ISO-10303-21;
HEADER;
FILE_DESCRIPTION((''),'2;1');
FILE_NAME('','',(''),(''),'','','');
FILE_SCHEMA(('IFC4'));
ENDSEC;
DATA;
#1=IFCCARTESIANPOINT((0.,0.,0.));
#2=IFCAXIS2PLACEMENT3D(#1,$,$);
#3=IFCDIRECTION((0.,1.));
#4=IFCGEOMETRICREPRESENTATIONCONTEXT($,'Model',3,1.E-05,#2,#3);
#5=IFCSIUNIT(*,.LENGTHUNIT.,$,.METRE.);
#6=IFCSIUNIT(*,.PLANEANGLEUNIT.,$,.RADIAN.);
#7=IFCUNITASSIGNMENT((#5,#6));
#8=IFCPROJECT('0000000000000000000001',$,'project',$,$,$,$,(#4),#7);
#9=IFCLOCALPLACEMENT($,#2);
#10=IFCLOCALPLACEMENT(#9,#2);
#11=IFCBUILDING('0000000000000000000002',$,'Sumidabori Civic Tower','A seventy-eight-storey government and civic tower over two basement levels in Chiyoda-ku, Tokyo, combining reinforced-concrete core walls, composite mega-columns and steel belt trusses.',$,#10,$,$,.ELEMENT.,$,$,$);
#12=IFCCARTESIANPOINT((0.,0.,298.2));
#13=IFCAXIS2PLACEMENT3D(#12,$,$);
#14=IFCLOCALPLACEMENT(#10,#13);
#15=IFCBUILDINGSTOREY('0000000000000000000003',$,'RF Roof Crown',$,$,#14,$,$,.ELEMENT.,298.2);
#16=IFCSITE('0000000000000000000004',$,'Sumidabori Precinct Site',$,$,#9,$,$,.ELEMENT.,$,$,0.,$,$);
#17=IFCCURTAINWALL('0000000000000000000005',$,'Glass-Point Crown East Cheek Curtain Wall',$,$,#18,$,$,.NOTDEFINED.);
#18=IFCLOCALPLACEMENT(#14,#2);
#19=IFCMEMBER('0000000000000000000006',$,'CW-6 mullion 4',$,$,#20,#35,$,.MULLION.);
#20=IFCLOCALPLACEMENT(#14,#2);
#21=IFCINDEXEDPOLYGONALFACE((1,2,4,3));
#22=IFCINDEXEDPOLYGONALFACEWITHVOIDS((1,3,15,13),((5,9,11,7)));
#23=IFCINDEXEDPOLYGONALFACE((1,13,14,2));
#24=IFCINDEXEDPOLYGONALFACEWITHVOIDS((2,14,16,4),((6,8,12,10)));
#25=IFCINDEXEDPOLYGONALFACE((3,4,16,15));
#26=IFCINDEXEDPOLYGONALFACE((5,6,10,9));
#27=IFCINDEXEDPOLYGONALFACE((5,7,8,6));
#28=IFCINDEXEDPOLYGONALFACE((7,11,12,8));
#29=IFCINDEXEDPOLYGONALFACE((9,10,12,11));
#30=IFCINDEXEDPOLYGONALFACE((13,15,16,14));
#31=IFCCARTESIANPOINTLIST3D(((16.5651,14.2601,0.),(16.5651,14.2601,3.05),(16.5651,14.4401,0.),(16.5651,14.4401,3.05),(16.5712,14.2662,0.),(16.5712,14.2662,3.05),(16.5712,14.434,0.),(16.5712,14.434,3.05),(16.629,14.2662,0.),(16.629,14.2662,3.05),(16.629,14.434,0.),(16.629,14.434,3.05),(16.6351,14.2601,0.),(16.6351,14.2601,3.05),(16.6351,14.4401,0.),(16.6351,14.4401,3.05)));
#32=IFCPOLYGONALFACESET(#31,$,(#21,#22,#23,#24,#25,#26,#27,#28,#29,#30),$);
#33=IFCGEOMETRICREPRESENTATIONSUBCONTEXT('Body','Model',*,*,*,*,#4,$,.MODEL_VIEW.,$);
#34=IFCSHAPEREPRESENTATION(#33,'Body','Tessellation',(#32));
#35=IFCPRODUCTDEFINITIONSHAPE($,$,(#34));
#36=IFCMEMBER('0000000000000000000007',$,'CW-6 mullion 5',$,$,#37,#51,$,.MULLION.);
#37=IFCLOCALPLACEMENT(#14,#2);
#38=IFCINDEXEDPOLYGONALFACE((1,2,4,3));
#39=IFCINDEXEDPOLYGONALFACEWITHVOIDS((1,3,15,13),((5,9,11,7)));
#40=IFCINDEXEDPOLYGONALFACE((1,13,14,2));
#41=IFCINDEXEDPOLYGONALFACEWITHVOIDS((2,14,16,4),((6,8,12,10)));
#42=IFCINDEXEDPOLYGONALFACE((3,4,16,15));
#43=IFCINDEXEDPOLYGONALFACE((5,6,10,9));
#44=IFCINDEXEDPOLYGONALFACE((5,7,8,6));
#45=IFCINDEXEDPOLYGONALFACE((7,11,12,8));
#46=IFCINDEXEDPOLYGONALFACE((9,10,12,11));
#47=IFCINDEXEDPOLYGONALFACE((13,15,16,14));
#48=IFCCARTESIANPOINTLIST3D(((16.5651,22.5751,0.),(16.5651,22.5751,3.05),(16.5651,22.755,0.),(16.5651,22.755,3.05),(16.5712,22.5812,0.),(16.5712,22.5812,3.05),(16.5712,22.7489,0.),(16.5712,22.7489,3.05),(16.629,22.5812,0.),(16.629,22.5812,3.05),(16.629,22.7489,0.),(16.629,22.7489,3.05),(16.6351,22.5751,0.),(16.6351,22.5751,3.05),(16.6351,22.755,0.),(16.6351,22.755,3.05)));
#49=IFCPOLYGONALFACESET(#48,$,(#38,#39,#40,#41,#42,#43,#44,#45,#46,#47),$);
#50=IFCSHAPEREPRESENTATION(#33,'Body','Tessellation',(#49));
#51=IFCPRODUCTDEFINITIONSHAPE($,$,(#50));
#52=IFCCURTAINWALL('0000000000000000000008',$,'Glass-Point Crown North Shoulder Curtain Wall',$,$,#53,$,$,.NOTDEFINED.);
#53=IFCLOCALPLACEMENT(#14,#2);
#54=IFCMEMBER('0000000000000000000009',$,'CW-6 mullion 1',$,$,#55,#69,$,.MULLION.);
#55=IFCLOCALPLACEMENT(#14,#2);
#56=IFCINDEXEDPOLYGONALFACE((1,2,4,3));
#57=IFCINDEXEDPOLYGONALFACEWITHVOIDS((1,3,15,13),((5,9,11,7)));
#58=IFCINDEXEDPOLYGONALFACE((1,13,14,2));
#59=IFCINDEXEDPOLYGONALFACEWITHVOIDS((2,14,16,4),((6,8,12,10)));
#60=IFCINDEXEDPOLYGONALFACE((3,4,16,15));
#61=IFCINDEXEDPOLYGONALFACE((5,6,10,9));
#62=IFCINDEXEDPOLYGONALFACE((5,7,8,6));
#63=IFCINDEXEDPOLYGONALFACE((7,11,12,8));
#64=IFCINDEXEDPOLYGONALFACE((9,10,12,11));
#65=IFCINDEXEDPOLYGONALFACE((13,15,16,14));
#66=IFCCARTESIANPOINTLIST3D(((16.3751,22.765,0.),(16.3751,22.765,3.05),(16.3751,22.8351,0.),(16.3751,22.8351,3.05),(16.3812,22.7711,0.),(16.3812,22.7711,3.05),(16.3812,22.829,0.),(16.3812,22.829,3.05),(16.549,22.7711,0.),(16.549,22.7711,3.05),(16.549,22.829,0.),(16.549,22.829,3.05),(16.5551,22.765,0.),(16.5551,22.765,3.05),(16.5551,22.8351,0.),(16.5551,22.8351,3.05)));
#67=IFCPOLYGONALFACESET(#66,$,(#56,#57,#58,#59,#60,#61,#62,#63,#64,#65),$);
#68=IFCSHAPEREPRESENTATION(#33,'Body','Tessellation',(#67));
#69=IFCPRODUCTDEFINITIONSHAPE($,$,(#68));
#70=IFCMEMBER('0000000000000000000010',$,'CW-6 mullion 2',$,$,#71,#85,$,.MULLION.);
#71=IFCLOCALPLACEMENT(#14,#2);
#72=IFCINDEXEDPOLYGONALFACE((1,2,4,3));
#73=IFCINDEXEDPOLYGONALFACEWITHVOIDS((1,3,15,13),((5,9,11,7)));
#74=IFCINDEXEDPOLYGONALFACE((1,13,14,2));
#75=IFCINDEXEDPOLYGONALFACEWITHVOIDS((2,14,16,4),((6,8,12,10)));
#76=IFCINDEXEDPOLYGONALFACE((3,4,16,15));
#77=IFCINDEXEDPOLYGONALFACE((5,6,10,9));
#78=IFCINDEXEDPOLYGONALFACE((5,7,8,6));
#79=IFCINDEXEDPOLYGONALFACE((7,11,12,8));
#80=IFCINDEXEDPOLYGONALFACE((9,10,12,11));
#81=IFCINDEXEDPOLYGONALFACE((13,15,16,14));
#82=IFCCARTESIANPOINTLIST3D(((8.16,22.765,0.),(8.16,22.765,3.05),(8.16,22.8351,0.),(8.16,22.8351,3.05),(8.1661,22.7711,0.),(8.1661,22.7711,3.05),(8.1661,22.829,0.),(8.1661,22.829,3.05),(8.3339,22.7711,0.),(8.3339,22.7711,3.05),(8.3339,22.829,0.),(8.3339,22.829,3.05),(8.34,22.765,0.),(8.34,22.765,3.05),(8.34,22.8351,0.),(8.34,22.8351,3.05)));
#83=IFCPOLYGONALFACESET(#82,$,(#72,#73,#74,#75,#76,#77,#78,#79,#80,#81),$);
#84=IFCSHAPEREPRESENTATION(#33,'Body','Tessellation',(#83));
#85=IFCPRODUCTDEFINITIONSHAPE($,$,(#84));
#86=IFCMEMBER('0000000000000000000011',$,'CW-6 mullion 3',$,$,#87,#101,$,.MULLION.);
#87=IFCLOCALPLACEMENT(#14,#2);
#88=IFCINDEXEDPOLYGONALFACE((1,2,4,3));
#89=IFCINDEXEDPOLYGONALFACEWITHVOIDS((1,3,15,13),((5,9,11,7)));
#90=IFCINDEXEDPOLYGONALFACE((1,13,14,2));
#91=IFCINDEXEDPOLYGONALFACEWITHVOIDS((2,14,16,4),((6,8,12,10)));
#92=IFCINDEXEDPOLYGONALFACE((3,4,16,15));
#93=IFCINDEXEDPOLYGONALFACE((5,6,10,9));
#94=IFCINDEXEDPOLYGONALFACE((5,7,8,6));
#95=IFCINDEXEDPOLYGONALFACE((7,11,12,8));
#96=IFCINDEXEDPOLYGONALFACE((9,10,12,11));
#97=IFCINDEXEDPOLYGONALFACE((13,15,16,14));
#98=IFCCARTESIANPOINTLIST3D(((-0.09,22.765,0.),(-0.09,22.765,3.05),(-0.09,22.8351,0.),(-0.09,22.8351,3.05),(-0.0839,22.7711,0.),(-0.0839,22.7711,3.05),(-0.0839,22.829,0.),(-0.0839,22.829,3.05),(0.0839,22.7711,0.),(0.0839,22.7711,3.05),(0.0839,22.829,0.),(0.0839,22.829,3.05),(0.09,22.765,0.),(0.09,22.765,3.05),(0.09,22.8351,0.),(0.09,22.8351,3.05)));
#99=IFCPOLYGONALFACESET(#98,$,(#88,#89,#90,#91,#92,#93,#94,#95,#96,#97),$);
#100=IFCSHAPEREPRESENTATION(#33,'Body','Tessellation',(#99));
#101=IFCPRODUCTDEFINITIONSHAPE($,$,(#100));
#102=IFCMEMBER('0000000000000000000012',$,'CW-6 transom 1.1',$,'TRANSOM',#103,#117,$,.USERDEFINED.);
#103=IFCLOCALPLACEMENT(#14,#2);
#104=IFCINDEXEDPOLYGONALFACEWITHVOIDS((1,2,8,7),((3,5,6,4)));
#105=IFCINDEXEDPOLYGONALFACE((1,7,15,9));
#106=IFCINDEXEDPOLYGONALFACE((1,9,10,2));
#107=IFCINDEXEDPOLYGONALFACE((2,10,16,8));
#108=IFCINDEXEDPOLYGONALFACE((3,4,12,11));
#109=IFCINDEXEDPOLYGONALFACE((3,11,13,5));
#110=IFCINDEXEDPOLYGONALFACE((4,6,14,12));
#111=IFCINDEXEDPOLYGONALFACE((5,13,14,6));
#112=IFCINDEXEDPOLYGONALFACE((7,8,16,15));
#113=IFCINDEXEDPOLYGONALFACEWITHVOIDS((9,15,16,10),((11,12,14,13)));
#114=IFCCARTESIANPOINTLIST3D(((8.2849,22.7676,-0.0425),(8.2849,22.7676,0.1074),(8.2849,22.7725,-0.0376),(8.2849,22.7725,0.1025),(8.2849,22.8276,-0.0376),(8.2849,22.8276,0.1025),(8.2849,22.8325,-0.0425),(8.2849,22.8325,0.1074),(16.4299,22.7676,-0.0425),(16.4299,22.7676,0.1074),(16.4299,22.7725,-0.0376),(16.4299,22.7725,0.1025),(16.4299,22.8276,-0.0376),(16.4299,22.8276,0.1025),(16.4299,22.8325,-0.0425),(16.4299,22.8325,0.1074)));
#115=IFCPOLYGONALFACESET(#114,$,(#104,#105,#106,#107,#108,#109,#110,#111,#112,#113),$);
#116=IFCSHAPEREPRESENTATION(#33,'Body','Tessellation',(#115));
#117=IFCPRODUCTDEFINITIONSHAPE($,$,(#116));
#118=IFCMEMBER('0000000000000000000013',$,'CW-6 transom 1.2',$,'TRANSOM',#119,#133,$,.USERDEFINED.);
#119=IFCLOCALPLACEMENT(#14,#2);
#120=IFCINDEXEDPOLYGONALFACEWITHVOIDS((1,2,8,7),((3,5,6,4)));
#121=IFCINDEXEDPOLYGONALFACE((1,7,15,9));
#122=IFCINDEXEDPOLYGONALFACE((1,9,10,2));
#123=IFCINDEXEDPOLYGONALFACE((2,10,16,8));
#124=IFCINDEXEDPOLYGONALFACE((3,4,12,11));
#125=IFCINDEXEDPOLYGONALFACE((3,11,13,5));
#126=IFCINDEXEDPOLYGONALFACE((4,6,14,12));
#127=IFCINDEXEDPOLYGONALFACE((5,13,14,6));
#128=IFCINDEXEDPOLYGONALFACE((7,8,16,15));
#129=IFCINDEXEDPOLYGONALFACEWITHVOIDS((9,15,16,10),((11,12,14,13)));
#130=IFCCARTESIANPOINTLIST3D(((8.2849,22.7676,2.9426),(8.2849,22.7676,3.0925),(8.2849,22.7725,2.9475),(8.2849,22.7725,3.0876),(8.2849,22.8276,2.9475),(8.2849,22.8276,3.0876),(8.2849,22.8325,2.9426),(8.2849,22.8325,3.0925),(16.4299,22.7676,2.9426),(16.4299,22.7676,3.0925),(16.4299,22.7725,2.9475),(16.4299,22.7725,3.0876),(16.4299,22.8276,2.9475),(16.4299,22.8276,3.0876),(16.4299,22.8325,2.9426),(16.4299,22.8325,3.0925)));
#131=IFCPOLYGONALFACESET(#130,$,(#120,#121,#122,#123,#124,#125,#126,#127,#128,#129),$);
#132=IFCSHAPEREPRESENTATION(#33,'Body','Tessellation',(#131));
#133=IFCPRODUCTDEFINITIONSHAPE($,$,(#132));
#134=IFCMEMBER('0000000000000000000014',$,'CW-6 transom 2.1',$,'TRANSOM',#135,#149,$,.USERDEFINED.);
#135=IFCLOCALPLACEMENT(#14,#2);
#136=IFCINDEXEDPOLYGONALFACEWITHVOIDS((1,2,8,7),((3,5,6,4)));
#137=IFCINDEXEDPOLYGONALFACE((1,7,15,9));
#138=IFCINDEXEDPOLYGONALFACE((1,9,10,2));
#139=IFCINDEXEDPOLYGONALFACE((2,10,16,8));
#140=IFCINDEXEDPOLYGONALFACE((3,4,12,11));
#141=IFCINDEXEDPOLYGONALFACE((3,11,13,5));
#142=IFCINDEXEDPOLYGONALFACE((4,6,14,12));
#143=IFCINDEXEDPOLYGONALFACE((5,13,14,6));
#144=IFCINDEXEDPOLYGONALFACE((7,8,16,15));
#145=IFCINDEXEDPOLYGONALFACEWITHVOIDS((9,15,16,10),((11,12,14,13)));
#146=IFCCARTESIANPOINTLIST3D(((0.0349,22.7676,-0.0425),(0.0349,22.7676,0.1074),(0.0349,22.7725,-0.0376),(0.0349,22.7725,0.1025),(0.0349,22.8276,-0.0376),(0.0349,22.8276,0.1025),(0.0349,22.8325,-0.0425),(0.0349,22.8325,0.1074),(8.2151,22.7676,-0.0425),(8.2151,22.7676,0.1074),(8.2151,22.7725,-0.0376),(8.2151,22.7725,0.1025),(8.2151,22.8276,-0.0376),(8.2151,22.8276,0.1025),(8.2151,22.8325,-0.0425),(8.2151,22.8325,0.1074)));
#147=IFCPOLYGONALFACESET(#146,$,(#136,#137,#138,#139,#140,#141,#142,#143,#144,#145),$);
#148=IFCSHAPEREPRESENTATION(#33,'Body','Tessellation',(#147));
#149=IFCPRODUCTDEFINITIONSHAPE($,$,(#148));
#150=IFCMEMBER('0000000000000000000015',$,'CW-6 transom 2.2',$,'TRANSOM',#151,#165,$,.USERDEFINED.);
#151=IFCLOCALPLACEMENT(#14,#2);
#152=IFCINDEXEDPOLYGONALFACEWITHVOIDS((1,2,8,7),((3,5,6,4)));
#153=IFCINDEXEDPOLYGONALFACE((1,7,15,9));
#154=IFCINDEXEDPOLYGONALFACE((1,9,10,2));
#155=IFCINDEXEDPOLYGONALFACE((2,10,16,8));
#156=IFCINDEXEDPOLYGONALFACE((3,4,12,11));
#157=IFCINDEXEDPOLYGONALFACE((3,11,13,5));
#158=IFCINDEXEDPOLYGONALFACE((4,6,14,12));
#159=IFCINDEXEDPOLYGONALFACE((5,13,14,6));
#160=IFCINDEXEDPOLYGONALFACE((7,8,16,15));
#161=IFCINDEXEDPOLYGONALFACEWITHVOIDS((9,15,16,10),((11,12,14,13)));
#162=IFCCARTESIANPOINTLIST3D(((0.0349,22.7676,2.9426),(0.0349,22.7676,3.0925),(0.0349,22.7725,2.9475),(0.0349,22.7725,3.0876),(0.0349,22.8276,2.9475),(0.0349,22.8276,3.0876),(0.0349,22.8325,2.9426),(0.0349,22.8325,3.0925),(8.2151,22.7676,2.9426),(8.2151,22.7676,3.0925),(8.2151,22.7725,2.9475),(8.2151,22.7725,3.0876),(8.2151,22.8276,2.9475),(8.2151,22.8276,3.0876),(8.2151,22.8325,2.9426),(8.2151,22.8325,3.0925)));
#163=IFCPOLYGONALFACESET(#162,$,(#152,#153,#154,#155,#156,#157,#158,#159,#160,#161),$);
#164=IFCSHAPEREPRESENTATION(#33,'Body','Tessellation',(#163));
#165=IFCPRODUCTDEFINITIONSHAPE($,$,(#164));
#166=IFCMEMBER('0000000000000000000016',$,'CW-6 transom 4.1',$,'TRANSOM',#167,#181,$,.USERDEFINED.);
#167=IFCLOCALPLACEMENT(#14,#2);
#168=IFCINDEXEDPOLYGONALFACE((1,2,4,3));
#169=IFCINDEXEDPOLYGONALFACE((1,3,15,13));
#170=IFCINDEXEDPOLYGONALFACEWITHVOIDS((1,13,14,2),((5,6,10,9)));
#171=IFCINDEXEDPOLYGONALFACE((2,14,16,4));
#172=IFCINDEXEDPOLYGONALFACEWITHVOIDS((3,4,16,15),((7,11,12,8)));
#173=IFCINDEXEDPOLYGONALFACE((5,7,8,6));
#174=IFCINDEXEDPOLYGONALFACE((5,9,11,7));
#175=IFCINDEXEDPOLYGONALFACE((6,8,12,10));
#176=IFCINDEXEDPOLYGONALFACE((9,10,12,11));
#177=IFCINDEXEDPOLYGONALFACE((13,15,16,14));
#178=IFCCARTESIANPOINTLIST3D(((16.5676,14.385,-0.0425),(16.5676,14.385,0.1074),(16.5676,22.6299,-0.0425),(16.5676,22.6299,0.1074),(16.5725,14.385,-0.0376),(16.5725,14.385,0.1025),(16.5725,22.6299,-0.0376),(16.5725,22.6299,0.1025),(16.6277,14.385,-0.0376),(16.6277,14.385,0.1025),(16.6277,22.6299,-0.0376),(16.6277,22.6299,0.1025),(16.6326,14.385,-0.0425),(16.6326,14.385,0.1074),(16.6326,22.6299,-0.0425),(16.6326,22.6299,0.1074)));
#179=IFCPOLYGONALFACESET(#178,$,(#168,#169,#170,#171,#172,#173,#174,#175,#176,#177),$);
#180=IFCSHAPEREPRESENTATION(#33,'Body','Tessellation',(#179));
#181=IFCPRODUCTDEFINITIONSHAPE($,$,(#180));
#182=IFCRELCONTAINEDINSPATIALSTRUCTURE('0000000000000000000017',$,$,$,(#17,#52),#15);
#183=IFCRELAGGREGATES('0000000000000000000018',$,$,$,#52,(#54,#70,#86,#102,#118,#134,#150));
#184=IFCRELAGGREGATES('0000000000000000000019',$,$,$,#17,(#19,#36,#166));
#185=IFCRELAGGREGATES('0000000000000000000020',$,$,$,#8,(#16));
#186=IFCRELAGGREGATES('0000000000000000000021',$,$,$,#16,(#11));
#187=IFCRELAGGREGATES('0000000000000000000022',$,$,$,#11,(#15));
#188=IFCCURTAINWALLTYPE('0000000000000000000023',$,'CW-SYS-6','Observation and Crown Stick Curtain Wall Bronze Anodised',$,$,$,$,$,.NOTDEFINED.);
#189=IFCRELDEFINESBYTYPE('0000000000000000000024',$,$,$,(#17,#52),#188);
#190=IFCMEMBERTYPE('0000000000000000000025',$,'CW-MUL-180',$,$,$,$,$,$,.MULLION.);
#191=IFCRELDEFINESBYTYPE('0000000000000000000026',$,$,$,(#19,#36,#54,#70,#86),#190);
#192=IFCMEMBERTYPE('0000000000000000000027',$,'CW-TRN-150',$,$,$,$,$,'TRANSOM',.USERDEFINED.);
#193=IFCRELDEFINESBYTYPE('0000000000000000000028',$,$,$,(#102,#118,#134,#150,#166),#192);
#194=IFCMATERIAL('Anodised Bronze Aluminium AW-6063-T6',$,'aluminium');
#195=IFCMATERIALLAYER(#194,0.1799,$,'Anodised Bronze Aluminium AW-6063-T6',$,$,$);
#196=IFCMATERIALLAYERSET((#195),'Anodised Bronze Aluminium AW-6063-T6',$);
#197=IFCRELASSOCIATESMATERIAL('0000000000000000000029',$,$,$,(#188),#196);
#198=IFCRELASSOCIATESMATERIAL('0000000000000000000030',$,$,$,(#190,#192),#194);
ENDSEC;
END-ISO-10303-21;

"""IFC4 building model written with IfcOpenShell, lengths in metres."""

from ifc_helpers import new_model, si_unit, direction, frame, origin, origin_2d, place, context, subcontext, project, spatial, hollow_rectangle, extrude, source, transform, mapped, material, layer, layer_set, material_profile, profile_set, type_object, element, aggregate, save


model = new_model("IFC4")

# Units and contexts
model_context = context("Model", 3, precision=1e-05, world=origin(), true_north=direction((0.0, 1.0)))
body_context = subcontext(model_context, "Body", "Model", "MODEL_VIEW")
ifc_project = project(units=[si_unit("LENGTHUNIT", "METRE"), si_unit("PLANEANGLEUNIT", "RADIAN")], contexts=[model_context])

# Site, building, storey
site_placement = place(None, origin())
site = spatial("IfcSite", under=ifc_project, at=site_placement, Name="Sumidabori Precinct Site", CompositionType="ELEMENT", RefElevation=0.0)
building_placement = place(site_placement, origin())
building = spatial("IfcBuilding", under=site, at=building_placement, Name="Sumidabori Civic Tower", Description="A seventy-eight-storey government and civic tower over two basement levels in Chiyoda-ku, Tokyo, combining reinforced-concrete core walls, composite mega-columns and steel belt trusses.", CompositionType="ELEMENT")
storey_placement = place(building_placement, frame((0.0, 0.0, 298.2)))
storey = spatial("IfcBuildingStorey", under=building, at=storey_placement, Name="RF Roof Crown", CompositionType="ELEMENT", Elevation=298.2)

# Curtain walls, members
ifc_material_1 = material(Name="Anodised Bronze Aluminium AW-6063-T6", Category="aluminium")
ifc_layer_1 = layer(ifc_material_1, 0.1799, Name="Anodised Bronze Aluminium AW-6063-T6")
ifc_layer_set_1 = layer_set([ifc_layer_1], Name="Anodised Bronze Aluminium AW-6063-T6")
curtain_wall_type = type_object("IfcCurtainWallType", Name="CW-SYS-6", Description="Observation and Crown Stick Curtain Wall Bronze Anodised", PredefinedType="NOTDEFINED", material=ifc_layer_set_1)
curtain_wall_1_placement = place(storey_placement, origin())
curtain_wall_1 = element("IfcCurtainWall", 1, at=curtain_wall_1_placement, inside=storey, type_object=curtain_wall_type, Name="Glass-Point Crown East Cheek Curtain Wall", PredefinedType="NOTDEFINED")
ifc_material_profile_1 = material_profile(ifc_material_1, hollow_rectangle(XDim=0.0701, YDim=0.1799, WallThickness=0.0061, at=origin_2d()), Name="ALU MULLION 180x70")
ifc_profile_set_1 = profile_set([ifc_material_profile_1], Name="Anodised Bronze Aluminium AW-6063-T6")
member_type_1 = type_object("IfcMemberType", Name="CW-MUL-180", PredefinedType="MULLION", material=ifc_profile_set_1)
shared_shape_1 = source(origin(), body_context, "Body", "SweptSolid", [
    extrude(hollow_rectangle(XDim=0.0701, YDim=0.1799, WallThickness=0.0061, at=origin_2d()), origin(), (0.0, 0.0, 1.0), 3.05),
])
member_1_placement = place(storey_placement, frame((16.6001, 14.3501, 0.0), z_axis=(0.0, 0.0, 1.0), x_axis=(-1.0, 0.0, 0.0)))
member_1 = element("IfcMember", 2, at=member_1_placement, type_object=member_type_1, Name="CW-6 mullion 4", PredefinedType="MULLION", context=body_context, shape_type="MappedRepresentation", body=[
    mapped(shared_shape_1, transform((0.0, 0.0, 0.0), x_axis=(1.0, 0.0, 0.0), y_axis=(0.0, 1.0, 0.0), z_axis=(0.0, 0.0, 1.0), scale=1.0)),
])
member_2_placement = place(storey_placement, frame((16.6001, 22.665, 0.0), z_axis=(0.0, 0.0, 1.0), x_axis=(-1.0, 0.0, 0.0)))
member_2 = element("IfcMember", 3, at=member_2_placement, type_object=member_type_1, Name="CW-6 mullion 5", PredefinedType="MULLION", context=body_context, shape_type="MappedRepresentation", body=[
    mapped(shared_shape_1, transform((0.0, 0.0, 0.0), x_axis=(1.0, 0.0, 0.0), y_axis=(0.0, 1.0, 0.0), z_axis=(0.0, 0.0, 1.0), scale=1.0)),
])
curtain_wall_2_placement = place(storey_placement, origin())
curtain_wall_2 = element("IfcCurtainWall", 4, at=curtain_wall_2_placement, inside=storey, type_object=curtain_wall_type, Name="Glass-Point Crown North Shoulder Curtain Wall", PredefinedType="NOTDEFINED")
member_3_placement = place(storey_placement, frame((16.4651, 22.8, 0.0), z_axis=(0.0, 0.0, 1.0), x_axis=(0.0, -1.0, 0.0)))
member_3 = element("IfcMember", 5, at=member_3_placement, type_object=member_type_1, Name="CW-6 mullion 1", PredefinedType="MULLION", context=body_context, shape_type="MappedRepresentation", body=[
    mapped(shared_shape_1, transform((0.0, 0.0, 0.0), x_axis=(1.0, 0.0, 0.0), y_axis=(0.0, 1.0, 0.0), z_axis=(0.0, 0.0, 1.0), scale=1.0)),
])
member_4_placement = place(storey_placement, frame((8.25, 22.8, 0.0), z_axis=(0.0, 0.0, 1.0), x_axis=(0.0, -1.0, 0.0)))
member_4 = element("IfcMember", 6, at=member_4_placement, type_object=member_type_1, Name="CW-6 mullion 2", PredefinedType="MULLION", context=body_context, shape_type="MappedRepresentation", body=[
    mapped(shared_shape_1, transform((0.0, 0.0, 0.0), x_axis=(1.0, 0.0, 0.0), y_axis=(0.0, 1.0, 0.0), z_axis=(0.0, 0.0, 1.0), scale=1.0)),
])
member_5_placement = place(storey_placement, frame((0.0, 22.8, 0.0), z_axis=(0.0, 0.0, 1.0), x_axis=(0.0, -1.0, 0.0)))
member_5 = element("IfcMember", 7, at=member_5_placement, type_object=member_type_1, Name="CW-6 mullion 3", PredefinedType="MULLION", context=body_context, shape_type="MappedRepresentation", body=[
    mapped(shared_shape_1, transform((0.0, 0.0, 0.0), x_axis=(1.0, 0.0, 0.0), y_axis=(0.0, 1.0, 0.0), z_axis=(0.0, 0.0, 1.0), scale=1.0)),
])
ifc_material_profile_2 = material_profile(ifc_material_1, hollow_rectangle(XDim=0.0649, YDim=0.1499, WallThickness=0.0049, at=origin_2d()), Name="ALU TRANSOM 150x65")
ifc_profile_set_2 = profile_set([ifc_material_profile_2], Name="Anodised Bronze Aluminium AW-6063-T6")
member_type_2 = type_object("IfcMemberType", Name="CW-TRN-150", ElementType="TRANSOM", PredefinedType="USERDEFINED", material=ifc_profile_set_2)
shared_shape_2 = source(origin(), body_context, "Body", "SweptSolid", [
    extrude(hollow_rectangle(XDim=0.0649, YDim=0.1499, WallThickness=0.0049, at=origin_2d()), origin(), (0.0, 0.0, 1.0), 8.145),
])
member_6_placement = place(storey_placement, frame((16.4299, 22.8, 0.0325), z_axis=(-1.0, 0.0, 0.0), x_axis=(0.0, -1.0, 0.0)))
member_6 = element("IfcMember", 8, at=member_6_placement, type_object=member_type_2, Name="CW-6 transom 1.1", ObjectType="TRANSOM", PredefinedType="USERDEFINED", context=body_context, shape_type="MappedRepresentation", body=[
    mapped(shared_shape_2, transform((0.0, 0.0, 0.0), x_axis=(1.0, 0.0, 0.0), y_axis=(0.0, 1.0, 0.0), z_axis=(0.0, 0.0, 1.0), scale=1.0)),
])
member_7_placement = place(storey_placement, frame((16.4299, 22.8, 3.0176), z_axis=(-1.0, 0.0, 0.0), x_axis=(0.0, -1.0, 0.0)))
member_7 = element("IfcMember", 9, at=member_7_placement, type_object=member_type_2, Name="CW-6 transom 1.2", ObjectType="TRANSOM", PredefinedType="USERDEFINED", context=body_context, shape_type="MappedRepresentation", body=[
    mapped(shared_shape_2, transform((0.0, 0.0, 0.0), x_axis=(1.0, 0.0, 0.0), y_axis=(0.0, 1.0, 0.0), z_axis=(0.0, 0.0, 1.0), scale=1.0)),
])
shared_shape_3 = source(origin(), body_context, "Body", "SweptSolid", [
    extrude(hollow_rectangle(XDim=0.0649, YDim=0.1499, WallThickness=0.0049, at=origin_2d()), origin(), (0.0, 0.0, 1.0), 8.1802),
])
member_8_placement = place(storey_placement, frame((8.2151, 22.8, 0.0325), z_axis=(-1.0, 0.0, 0.0), x_axis=(0.0, -1.0, 0.0)))
member_8 = element("IfcMember", 10, at=member_8_placement, type_object=member_type_2, Name="CW-6 transom 2.1", ObjectType="TRANSOM", PredefinedType="USERDEFINED", context=body_context, shape_type="MappedRepresentation", body=[
    mapped(shared_shape_3, transform((0.0, 0.0, 0.0), x_axis=(1.0, 0.0, 0.0), y_axis=(0.0, 1.0, 0.0), z_axis=(0.0, 0.0, 1.0), scale=1.0)),
])
member_9_placement = place(storey_placement, frame((8.2151, 22.8, 3.0176), z_axis=(-1.0, 0.0, 0.0), x_axis=(0.0, -1.0, 0.0)))
member_9 = element("IfcMember", 11, at=member_9_placement, type_object=member_type_2, Name="CW-6 transom 2.2", ObjectType="TRANSOM", PredefinedType="USERDEFINED", context=body_context, shape_type="MappedRepresentation", body=[
    mapped(shared_shape_3, transform((0.0, 0.0, 0.0), x_axis=(1.0, 0.0, 0.0), y_axis=(0.0, 1.0, 0.0), z_axis=(0.0, 0.0, 1.0), scale=1.0)),
])

# Member
shared_shape_4 = source(origin(), body_context, "Body", "SweptSolid", [
    extrude(hollow_rectangle(XDim=0.0649, YDim=0.1499, WallThickness=0.0049, at=origin_2d()), origin(), (0.0, 0.0, 1.0), 8.2449),
])
member_10_placement = place(storey_placement, frame((16.6001, 14.385, 0.0325), z_axis=(0.0, 1.0, 0.0), x_axis=(-1.0, 0.0, 0.0)))
member_10 = element("IfcMember", 12, at=member_10_placement, type_object=member_type_2, Name="CW-6 transom 4.1", ObjectType="TRANSOM", PredefinedType="USERDEFINED", context=body_context, shape_type="MappedRepresentation", body=[
    mapped(shared_shape_4, transform((0.0, 0.0, 0.0), x_axis=(1.0, 0.0, 0.0), y_axis=(0.0, 1.0, 0.0), z_axis=(0.0, 0.0, 1.0), scale=1.0)),
])

aggregate(curtain_wall_2, [member_3, member_4, member_5, member_6, member_7, member_8, member_9])
aggregate(curtain_wall_1, [member_1, member_2, member_10])

save(model, "model.ifc")
